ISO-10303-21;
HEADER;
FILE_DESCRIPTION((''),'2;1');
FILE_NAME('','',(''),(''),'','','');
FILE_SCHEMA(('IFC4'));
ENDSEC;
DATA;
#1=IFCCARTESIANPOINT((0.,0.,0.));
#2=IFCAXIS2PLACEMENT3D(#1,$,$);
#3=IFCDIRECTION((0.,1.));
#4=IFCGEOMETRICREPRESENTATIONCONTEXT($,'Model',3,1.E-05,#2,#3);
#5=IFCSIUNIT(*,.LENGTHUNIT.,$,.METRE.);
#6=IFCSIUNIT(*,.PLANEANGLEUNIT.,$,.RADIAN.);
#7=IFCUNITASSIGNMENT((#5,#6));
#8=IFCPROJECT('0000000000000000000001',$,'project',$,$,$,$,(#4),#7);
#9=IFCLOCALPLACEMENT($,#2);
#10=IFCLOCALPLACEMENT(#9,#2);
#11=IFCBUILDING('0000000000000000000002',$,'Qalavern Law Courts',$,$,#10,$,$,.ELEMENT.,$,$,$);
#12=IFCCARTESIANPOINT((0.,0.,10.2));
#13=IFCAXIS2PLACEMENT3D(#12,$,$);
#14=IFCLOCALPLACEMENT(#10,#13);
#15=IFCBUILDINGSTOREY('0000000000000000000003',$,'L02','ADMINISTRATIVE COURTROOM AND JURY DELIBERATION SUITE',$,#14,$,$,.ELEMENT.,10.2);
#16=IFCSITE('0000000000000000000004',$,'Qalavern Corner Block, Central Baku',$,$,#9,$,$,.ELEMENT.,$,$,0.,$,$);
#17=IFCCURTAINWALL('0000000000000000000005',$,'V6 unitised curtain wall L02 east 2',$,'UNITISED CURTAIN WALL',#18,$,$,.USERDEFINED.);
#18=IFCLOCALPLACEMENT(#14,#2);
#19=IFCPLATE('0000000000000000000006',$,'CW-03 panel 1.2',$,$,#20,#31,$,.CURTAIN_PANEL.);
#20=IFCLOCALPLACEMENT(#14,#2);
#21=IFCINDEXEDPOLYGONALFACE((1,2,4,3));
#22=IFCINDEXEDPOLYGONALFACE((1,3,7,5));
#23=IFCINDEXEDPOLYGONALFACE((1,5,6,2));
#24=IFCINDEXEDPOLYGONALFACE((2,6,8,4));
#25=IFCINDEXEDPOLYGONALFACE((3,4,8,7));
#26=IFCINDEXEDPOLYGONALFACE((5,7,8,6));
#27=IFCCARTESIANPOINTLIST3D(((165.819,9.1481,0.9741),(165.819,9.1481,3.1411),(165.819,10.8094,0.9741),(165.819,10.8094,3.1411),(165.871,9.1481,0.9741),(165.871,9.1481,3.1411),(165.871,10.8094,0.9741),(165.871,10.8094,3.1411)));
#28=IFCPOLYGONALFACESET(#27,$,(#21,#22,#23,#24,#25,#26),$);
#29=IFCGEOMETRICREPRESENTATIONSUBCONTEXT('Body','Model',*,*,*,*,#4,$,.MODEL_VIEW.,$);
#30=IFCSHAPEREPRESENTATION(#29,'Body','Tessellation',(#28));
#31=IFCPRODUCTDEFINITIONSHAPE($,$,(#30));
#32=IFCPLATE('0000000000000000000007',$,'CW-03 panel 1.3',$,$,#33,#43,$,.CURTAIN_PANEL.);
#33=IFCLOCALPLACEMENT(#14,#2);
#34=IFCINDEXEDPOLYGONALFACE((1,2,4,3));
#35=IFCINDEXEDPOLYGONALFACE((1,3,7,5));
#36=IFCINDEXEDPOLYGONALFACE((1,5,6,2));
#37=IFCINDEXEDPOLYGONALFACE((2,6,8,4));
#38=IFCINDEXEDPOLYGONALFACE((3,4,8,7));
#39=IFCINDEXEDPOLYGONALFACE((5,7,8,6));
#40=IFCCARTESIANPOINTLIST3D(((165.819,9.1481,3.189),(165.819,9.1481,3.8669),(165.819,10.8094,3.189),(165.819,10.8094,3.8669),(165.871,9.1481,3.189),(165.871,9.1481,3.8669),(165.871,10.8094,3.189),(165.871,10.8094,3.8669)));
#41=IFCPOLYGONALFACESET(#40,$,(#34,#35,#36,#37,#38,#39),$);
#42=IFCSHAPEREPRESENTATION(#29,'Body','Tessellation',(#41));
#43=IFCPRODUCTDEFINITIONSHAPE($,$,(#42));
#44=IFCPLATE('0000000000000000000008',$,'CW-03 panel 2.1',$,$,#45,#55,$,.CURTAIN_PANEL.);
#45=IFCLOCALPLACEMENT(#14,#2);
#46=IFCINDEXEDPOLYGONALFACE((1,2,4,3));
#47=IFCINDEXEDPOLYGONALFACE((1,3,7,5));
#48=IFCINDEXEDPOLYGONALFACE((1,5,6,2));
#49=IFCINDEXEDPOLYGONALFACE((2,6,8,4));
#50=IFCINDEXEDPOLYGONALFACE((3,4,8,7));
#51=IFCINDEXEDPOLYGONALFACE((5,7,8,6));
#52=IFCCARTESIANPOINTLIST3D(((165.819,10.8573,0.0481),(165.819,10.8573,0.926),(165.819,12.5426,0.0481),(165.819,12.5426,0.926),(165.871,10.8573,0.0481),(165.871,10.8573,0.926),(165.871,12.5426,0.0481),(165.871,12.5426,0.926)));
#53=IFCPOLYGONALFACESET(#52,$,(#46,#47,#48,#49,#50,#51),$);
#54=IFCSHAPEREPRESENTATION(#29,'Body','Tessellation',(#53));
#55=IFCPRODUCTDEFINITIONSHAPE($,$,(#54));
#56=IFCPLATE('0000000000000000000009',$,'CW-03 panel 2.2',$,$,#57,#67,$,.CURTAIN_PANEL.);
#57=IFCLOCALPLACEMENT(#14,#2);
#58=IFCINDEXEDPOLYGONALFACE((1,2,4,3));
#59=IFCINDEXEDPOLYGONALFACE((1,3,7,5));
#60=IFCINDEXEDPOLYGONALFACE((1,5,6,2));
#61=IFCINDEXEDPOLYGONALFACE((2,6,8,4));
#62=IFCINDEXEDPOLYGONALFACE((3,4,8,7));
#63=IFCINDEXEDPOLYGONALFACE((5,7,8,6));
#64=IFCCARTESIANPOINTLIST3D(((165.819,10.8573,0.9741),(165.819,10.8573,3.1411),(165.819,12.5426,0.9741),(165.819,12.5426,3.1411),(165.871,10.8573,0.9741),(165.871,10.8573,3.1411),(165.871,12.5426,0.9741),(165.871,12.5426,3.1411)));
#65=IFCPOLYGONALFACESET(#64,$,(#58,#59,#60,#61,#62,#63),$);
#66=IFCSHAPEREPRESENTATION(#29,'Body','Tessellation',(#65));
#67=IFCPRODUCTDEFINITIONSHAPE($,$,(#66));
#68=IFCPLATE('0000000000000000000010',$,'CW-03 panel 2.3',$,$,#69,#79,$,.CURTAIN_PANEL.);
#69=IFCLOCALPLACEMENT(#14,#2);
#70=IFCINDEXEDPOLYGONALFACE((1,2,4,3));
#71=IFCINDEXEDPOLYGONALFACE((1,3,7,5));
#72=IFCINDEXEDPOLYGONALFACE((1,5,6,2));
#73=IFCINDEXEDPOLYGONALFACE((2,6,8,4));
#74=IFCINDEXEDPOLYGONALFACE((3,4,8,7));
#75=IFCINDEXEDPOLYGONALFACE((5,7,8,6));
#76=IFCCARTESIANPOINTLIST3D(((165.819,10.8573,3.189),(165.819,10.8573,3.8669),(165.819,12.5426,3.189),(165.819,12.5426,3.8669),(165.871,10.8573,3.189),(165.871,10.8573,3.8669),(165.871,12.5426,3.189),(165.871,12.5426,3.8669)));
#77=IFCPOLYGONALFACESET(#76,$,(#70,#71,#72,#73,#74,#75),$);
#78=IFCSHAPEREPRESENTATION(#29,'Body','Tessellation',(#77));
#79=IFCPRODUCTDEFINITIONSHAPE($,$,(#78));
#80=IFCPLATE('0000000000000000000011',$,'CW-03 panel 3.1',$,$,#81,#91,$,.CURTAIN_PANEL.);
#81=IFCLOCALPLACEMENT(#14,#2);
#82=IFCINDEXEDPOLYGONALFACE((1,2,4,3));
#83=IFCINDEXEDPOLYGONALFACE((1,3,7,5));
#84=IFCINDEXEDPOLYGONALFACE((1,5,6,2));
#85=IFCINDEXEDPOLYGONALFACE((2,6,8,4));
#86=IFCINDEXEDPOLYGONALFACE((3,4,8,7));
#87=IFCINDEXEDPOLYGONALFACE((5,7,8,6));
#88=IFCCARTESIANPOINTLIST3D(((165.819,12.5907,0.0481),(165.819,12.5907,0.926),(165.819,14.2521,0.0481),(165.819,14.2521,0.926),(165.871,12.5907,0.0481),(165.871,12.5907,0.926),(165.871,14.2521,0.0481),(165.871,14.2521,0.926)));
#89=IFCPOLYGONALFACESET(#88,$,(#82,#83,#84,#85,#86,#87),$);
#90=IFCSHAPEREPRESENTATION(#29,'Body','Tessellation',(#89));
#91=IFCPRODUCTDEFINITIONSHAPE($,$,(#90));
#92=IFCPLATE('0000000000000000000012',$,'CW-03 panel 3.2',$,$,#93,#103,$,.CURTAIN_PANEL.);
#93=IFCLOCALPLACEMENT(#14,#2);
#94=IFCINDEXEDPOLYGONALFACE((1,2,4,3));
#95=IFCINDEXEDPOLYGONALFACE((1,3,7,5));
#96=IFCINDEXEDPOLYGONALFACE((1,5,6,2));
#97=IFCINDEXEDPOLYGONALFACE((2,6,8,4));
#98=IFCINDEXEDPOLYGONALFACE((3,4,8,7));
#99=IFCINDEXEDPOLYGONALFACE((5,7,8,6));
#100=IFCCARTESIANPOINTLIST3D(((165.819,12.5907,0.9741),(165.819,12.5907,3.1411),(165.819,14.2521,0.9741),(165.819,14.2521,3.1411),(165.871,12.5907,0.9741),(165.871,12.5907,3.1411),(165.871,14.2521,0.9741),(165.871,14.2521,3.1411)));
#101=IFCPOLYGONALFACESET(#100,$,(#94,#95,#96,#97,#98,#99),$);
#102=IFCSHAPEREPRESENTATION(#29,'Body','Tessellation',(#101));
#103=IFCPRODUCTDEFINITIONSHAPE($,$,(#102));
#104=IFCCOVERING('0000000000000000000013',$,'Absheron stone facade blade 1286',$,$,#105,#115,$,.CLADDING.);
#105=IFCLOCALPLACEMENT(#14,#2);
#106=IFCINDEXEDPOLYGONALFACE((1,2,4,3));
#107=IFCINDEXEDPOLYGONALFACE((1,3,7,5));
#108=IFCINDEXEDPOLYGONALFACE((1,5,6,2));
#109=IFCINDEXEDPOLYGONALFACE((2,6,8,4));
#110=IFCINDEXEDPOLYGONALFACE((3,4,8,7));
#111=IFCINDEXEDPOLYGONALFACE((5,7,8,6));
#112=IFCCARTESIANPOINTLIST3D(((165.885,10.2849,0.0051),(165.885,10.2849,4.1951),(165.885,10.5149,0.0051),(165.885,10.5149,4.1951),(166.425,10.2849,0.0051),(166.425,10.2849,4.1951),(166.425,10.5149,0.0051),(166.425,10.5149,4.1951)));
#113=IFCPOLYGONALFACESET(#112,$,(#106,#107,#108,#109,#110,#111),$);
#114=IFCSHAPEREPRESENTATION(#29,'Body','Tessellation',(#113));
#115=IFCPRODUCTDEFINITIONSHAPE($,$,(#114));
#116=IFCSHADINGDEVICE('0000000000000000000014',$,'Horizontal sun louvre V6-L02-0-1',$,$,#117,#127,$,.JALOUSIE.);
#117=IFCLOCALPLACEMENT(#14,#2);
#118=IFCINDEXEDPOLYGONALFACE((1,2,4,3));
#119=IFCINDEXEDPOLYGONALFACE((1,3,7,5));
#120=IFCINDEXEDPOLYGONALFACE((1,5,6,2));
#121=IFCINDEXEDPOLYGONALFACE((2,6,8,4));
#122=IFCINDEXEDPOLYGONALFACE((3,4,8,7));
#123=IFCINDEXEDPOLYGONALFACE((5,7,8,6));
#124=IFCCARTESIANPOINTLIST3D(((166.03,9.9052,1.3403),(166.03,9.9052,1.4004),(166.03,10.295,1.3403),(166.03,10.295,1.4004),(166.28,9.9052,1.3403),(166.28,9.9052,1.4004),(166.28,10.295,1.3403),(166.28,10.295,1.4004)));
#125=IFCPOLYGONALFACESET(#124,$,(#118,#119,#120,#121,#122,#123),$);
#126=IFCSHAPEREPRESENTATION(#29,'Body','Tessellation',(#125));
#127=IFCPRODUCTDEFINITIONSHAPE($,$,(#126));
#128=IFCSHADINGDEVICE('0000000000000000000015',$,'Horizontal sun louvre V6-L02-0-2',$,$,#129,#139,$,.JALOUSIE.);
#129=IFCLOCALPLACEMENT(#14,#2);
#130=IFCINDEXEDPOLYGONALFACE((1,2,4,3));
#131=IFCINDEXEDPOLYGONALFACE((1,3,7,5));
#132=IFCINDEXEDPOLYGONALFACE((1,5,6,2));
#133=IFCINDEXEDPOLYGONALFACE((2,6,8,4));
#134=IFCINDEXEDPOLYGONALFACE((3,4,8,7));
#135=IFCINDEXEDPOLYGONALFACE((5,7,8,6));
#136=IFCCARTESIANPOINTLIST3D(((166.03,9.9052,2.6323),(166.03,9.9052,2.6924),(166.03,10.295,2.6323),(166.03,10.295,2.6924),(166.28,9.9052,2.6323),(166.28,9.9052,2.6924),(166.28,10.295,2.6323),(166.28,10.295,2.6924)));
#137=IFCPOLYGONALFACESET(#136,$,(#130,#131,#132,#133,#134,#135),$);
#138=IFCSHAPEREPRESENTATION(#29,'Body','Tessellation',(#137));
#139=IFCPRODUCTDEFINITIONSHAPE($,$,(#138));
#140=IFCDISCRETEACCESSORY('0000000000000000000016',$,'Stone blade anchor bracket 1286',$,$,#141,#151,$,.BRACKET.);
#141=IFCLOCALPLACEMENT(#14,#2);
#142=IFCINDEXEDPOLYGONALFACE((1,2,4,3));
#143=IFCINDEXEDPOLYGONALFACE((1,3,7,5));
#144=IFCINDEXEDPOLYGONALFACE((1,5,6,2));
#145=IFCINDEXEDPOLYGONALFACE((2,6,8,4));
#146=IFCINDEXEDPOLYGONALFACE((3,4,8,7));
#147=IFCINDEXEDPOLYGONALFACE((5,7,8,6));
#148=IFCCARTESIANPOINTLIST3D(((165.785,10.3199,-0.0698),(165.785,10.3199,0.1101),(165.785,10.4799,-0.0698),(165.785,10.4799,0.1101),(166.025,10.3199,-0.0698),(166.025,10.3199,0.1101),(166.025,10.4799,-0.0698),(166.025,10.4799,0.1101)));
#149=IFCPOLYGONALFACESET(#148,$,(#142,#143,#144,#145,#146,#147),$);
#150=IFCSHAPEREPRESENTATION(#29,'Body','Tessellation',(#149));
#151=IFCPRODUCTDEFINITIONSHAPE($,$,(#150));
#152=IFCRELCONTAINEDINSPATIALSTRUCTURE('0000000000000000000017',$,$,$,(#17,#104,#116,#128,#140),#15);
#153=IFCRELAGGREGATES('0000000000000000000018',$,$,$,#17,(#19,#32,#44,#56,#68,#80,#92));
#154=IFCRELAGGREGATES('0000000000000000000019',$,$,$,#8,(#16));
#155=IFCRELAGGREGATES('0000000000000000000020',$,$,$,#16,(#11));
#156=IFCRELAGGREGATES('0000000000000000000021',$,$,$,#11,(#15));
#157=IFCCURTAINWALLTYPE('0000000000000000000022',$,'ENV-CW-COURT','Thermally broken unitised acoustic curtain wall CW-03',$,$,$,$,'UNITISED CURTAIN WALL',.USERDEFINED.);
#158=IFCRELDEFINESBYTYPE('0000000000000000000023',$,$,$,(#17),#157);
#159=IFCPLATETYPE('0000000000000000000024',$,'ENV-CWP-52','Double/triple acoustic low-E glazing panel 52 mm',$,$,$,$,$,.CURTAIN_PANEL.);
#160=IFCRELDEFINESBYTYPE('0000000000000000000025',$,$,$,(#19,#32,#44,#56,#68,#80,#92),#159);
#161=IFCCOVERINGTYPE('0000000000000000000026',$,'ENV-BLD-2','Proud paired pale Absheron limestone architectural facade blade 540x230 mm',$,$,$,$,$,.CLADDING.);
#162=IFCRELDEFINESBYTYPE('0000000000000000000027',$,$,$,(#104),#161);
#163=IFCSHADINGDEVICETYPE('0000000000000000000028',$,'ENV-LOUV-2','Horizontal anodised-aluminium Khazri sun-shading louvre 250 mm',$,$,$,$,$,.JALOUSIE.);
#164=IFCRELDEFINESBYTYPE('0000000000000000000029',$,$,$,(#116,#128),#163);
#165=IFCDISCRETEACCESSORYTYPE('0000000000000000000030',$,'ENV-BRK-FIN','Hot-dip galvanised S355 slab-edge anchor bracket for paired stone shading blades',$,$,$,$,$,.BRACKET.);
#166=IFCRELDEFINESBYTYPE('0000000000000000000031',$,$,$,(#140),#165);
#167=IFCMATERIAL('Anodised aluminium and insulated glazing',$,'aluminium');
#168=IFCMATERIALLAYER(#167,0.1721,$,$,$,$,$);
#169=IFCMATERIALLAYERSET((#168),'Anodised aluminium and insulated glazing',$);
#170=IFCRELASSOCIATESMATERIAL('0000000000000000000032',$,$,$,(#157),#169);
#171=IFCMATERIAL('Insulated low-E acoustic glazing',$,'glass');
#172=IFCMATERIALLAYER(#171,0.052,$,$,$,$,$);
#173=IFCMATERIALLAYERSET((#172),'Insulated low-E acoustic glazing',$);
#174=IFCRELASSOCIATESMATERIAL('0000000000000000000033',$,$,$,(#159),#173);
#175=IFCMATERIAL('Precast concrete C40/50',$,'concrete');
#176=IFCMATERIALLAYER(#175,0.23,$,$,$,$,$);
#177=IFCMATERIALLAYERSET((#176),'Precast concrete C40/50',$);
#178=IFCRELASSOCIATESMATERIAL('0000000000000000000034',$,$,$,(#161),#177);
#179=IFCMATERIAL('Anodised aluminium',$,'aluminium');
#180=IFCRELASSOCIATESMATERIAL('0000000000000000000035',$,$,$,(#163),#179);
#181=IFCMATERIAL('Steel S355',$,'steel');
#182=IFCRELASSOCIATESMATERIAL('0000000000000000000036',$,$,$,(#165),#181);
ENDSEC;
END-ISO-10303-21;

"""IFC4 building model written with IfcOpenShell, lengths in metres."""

from ifc_helpers import new_model, si_unit, direction, frame, origin, origin_2d, place, context, subcontext, project, spatial, rectangle, extrude, material, layer, layer_set, type_object, element, aggregate, save


model = new_model("IFC4")

# Units and contexts
model_context = context("Model", 3, precision=1e-05, world=origin(), true_north=direction((0.0, 1.0)))
body_context = subcontext(model_context, "Body", "Model", "MODEL_VIEW")
ifc_project = project(units=[si_unit("LENGTHUNIT", "METRE"), si_unit("PLANEANGLEUNIT", "RADIAN")], contexts=[model_context])

# Site, building, storey
site_placement = place(None, origin())
site = spatial("IfcSite", under=ifc_project, at=site_placement, Name="Qalavern Corner Block, Central Baku", CompositionType="ELEMENT", RefElevation=0.0)
building_placement = place(site_placement, origin())
building = spatial("IfcBuilding", under=site, at=building_placement, Name="Qalavern Law Courts", CompositionType="ELEMENT")
storey_placement = place(building_placement, frame((0.0, 0.0, 10.2)))
storey = spatial("IfcBuildingStorey", under=building, at=storey_placement, Name="L02", Description="ADMINISTRATIVE COURTROOM AND JURY DELIBERATION SUITE", CompositionType="ELEMENT", Elevation=10.2)

# Curtain wall, plates
ifc_material_1 = material(Name="Anodised aluminium and insulated glazing", Category="aluminium")
ifc_layer_1 = layer(ifc_material_1, 0.1721)
ifc_layer_set_1 = layer_set([ifc_layer_1], Name="Anodised aluminium and insulated glazing")
curtain_wall_type = type_object("IfcCurtainWallType", Name="ENV-CW-COURT", Description="Thermally broken unitised acoustic curtain wall CW-03", ElementType="UNITISED CURTAIN WALL", PredefinedType="USERDEFINED", material=ifc_layer_set_1)
curtain_wall_placement = place(storey_placement, origin())
curtain_wall = element("IfcCurtainWall", 1, at=curtain_wall_placement, inside=storey, type_object=curtain_wall_type, Name="V6 unitised curtain wall L02 east 2", ObjectType="UNITISED CURTAIN WALL", PredefinedType="USERDEFINED")
ifc_material_2 = material(Name="Anodised aluminium", Category="aluminium")
ifc_material_3 = material(Name="Insulated low-E acoustic glazing", Category="glass")
ifc_layer_2 = layer(ifc_material_3, 0.052)
ifc_layer_set_2 = layer_set([ifc_layer_2], Name="Insulated low-E acoustic glazing")
plate_type = type_object("IfcPlateType", Name="ENV-CWP-52", Description="Double/triple acoustic low-E glazing panel 52 mm", PredefinedType="CURTAIN_PANEL", material=ifc_layer_set_2)
plate_1_placement = place(storey_placement, frame((165.845, 9.9788, 0.9741), z_axis=(0.0, 0.0, 1.0), x_axis=(0.0, 1.0, 0.0)))
plate_1 = element("IfcPlate", 2, at=plate_1_placement, type_object=plate_type, Name="CW-03 panel 1.2", PredefinedType="CURTAIN_PANEL", context=body_context, shape_type="SweptSolid", body=[
    extrude(rectangle(XDim=1.6614, YDim=0.052, at=origin_2d()), origin(), (0.0, 0.0, 1.0), 2.167),
])
plate_2_placement = place(storey_placement, frame((165.845, 9.9788, 3.189), z_axis=(0.0, 0.0, 1.0), x_axis=(0.0, 1.0, 0.0)))
plate_2 = element("IfcPlate", 3, at=plate_2_placement, type_object=plate_type, Name="CW-03 panel 1.3", PredefinedType="CURTAIN_PANEL", context=body_context, shape_type="SweptSolid", body=[
    extrude(rectangle(XDim=1.6614, YDim=0.052, at=origin_2d()), origin(), (0.0, 0.0, 1.0), 0.678),
])
plate_3_placement = place(storey_placement, frame((165.845, 11.7, 0.0481), z_axis=(0.0, 0.0, 1.0), x_axis=(0.0, 1.0, 0.0)))
plate_3 = element("IfcPlate", 4, at=plate_3_placement, type_object=plate_type, Name="CW-03 panel 2.1", PredefinedType="CURTAIN_PANEL", context=body_context, shape_type="SweptSolid", body=[
    extrude(rectangle(XDim=1.6853, YDim=0.052, at=origin_2d()), origin(), (0.0, 0.0, 1.0), 0.8779),
])
plate_4_placement = place(storey_placement, frame((165.845, 11.7, 0.9741), z_axis=(0.0, 0.0, 1.0), x_axis=(0.0, 1.0, 0.0)))
plate_4 = element("IfcPlate", 5, at=plate_4_placement, type_object=plate_type, Name="CW-03 panel 2.2", PredefinedType="CURTAIN_PANEL", context=body_context, shape_type="SweptSolid", body=[
    extrude(rectangle(XDim=1.6853, YDim=0.052, at=origin_2d()), origin(), (0.0, 0.0, 1.0), 2.167),
])
plate_5_placement = place(storey_placement, frame((165.845, 11.7, 3.189), z_axis=(0.0, 0.0, 1.0), x_axis=(0.0, 1.0, 0.0)))
plate_5 = element("IfcPlate", 6, at=plate_5_placement, type_object=plate_type, Name="CW-03 panel 2.3", PredefinedType="CURTAIN_PANEL", context=body_context, shape_type="SweptSolid", body=[
    extrude(rectangle(XDim=1.6853, YDim=0.052, at=origin_2d()), origin(), (0.0, 0.0, 1.0), 0.678),
])
plate_6_placement = place(storey_placement, frame((165.845, 13.4214, 0.0481), z_axis=(0.0, 0.0, 1.0), x_axis=(0.0, 1.0, 0.0)))
plate_6 = element("IfcPlate", 7, at=plate_6_placement, type_object=plate_type, Name="CW-03 panel 3.1", PredefinedType="CURTAIN_PANEL", context=body_context, shape_type="SweptSolid", body=[
    extrude(rectangle(XDim=1.6614, YDim=0.052, at=origin_2d()), origin(), (0.0, 0.0, 1.0), 0.8779),
])
plate_7_placement = place(storey_placement, frame((165.845, 13.4214, 0.9741), z_axis=(0.0, 0.0, 1.0), x_axis=(0.0, 1.0, 0.0)))
plate_7 = element("IfcPlate", 8, at=plate_7_placement, type_object=plate_type, Name="CW-03 panel 3.2", PredefinedType="CURTAIN_PANEL", context=body_context, shape_type="SweptSolid", body=[
    extrude(rectangle(XDim=1.6614, YDim=0.052, at=origin_2d()), origin(), (0.0, 0.0, 1.0), 2.167),
])
aggregate(curtain_wall, [plate_1, plate_2, plate_3, plate_4, plate_5, plate_6, plate_7])

# Covering
ifc_material_4 = material(Name="Precast concrete C40/50", Category="concrete")
ifc_layer_3 = layer(ifc_material_4, 0.23)
ifc_layer_set_3 = layer_set([ifc_layer_3], Name="Precast concrete C40/50")
covering_type = type_object("IfcCoveringType", Name="ENV-BLD-2", Description="Proud paired pale Absheron limestone architectural facade blade 540x230 mm", PredefinedType="CLADDING", material=ifc_layer_set_3)
covering_placement = place(storey_placement, frame((166.155, 10.3999, 0.0051), z_axis=(0.0, 0.0, 1.0), x_axis=(1.0, 0.0, 0.0)))
element("IfcCovering", 9, at=covering_placement, inside=storey, type_object=covering_type, Name="Absheron stone facade blade 1286", PredefinedType="CLADDING", context=body_context, shape_type="SweptSolid", body=[
    extrude(rectangle(XDim=0.54, YDim=0.23, at=origin_2d()), origin(), (0.0, 0.0, 1.0), 4.1899),
])

# Shading devices
shading_device_type = type_object("IfcShadingDeviceType", Name="ENV-LOUV-2", Description="Horizontal anodised-aluminium Khazri sun-shading louvre 250 mm", PredefinedType="JALOUSIE", material=ifc_material_2)
for number, where, z_axis, x_axis, name in (
    (10, (166.155, 10.1001, 1.3403), (0.0, 0.0, 1.0), (0.0, 1.0, 0.0), "Horizontal sun louvre V6-L02-0-1"),
    (11, (166.155, 10.1001, 2.6323), (0.0, 0.0, 1.0), (0.0, 1.0, 0.0), "Horizontal sun louvre V6-L02-0-2"),
):
    element("IfcShadingDevice", number, at=place(storey_placement, frame(where, z_axis=z_axis, x_axis=x_axis)), inside=storey, type_object=shading_device_type, Name=name, PredefinedType="JALOUSIE", context=body_context, shape_type="SweptSolid", body=[
        extrude(rectangle(XDim=0.3899, YDim=0.25, at=origin_2d()), origin(), (0.0, 0.0, 1.0), 0.0601),
    ])

# Discrete accessory
ifc_material_5 = material(Name="Steel S355", Category="steel")
discrete_accessory_type = type_object("IfcDiscreteAccessoryType", Name="ENV-BRK-FIN", Description="Hot-dip galvanised S355 slab-edge anchor bracket for paired stone shading blades", PredefinedType="BRACKET", material=ifc_material_5)
discrete_accessory_placement = place(storey_placement, frame((165.905, 10.3999, -0.0698), z_axis=(0.0, 0.0, 1.0), x_axis=(1.0, 0.0, 0.0)))
element("IfcDiscreteAccessory", 12, at=discrete_accessory_placement, inside=storey, type_object=discrete_accessory_type, Name="Stone blade anchor bracket 1286", PredefinedType="BRACKET", context=body_context, shape_type="SweptSolid", body=[
    extrude(rectangle(XDim=0.24, YDim=0.1599, at=origin_2d()), origin(), (0.0, 0.0, 1.0), 0.1799),
])

save(model, "model.ifc")
